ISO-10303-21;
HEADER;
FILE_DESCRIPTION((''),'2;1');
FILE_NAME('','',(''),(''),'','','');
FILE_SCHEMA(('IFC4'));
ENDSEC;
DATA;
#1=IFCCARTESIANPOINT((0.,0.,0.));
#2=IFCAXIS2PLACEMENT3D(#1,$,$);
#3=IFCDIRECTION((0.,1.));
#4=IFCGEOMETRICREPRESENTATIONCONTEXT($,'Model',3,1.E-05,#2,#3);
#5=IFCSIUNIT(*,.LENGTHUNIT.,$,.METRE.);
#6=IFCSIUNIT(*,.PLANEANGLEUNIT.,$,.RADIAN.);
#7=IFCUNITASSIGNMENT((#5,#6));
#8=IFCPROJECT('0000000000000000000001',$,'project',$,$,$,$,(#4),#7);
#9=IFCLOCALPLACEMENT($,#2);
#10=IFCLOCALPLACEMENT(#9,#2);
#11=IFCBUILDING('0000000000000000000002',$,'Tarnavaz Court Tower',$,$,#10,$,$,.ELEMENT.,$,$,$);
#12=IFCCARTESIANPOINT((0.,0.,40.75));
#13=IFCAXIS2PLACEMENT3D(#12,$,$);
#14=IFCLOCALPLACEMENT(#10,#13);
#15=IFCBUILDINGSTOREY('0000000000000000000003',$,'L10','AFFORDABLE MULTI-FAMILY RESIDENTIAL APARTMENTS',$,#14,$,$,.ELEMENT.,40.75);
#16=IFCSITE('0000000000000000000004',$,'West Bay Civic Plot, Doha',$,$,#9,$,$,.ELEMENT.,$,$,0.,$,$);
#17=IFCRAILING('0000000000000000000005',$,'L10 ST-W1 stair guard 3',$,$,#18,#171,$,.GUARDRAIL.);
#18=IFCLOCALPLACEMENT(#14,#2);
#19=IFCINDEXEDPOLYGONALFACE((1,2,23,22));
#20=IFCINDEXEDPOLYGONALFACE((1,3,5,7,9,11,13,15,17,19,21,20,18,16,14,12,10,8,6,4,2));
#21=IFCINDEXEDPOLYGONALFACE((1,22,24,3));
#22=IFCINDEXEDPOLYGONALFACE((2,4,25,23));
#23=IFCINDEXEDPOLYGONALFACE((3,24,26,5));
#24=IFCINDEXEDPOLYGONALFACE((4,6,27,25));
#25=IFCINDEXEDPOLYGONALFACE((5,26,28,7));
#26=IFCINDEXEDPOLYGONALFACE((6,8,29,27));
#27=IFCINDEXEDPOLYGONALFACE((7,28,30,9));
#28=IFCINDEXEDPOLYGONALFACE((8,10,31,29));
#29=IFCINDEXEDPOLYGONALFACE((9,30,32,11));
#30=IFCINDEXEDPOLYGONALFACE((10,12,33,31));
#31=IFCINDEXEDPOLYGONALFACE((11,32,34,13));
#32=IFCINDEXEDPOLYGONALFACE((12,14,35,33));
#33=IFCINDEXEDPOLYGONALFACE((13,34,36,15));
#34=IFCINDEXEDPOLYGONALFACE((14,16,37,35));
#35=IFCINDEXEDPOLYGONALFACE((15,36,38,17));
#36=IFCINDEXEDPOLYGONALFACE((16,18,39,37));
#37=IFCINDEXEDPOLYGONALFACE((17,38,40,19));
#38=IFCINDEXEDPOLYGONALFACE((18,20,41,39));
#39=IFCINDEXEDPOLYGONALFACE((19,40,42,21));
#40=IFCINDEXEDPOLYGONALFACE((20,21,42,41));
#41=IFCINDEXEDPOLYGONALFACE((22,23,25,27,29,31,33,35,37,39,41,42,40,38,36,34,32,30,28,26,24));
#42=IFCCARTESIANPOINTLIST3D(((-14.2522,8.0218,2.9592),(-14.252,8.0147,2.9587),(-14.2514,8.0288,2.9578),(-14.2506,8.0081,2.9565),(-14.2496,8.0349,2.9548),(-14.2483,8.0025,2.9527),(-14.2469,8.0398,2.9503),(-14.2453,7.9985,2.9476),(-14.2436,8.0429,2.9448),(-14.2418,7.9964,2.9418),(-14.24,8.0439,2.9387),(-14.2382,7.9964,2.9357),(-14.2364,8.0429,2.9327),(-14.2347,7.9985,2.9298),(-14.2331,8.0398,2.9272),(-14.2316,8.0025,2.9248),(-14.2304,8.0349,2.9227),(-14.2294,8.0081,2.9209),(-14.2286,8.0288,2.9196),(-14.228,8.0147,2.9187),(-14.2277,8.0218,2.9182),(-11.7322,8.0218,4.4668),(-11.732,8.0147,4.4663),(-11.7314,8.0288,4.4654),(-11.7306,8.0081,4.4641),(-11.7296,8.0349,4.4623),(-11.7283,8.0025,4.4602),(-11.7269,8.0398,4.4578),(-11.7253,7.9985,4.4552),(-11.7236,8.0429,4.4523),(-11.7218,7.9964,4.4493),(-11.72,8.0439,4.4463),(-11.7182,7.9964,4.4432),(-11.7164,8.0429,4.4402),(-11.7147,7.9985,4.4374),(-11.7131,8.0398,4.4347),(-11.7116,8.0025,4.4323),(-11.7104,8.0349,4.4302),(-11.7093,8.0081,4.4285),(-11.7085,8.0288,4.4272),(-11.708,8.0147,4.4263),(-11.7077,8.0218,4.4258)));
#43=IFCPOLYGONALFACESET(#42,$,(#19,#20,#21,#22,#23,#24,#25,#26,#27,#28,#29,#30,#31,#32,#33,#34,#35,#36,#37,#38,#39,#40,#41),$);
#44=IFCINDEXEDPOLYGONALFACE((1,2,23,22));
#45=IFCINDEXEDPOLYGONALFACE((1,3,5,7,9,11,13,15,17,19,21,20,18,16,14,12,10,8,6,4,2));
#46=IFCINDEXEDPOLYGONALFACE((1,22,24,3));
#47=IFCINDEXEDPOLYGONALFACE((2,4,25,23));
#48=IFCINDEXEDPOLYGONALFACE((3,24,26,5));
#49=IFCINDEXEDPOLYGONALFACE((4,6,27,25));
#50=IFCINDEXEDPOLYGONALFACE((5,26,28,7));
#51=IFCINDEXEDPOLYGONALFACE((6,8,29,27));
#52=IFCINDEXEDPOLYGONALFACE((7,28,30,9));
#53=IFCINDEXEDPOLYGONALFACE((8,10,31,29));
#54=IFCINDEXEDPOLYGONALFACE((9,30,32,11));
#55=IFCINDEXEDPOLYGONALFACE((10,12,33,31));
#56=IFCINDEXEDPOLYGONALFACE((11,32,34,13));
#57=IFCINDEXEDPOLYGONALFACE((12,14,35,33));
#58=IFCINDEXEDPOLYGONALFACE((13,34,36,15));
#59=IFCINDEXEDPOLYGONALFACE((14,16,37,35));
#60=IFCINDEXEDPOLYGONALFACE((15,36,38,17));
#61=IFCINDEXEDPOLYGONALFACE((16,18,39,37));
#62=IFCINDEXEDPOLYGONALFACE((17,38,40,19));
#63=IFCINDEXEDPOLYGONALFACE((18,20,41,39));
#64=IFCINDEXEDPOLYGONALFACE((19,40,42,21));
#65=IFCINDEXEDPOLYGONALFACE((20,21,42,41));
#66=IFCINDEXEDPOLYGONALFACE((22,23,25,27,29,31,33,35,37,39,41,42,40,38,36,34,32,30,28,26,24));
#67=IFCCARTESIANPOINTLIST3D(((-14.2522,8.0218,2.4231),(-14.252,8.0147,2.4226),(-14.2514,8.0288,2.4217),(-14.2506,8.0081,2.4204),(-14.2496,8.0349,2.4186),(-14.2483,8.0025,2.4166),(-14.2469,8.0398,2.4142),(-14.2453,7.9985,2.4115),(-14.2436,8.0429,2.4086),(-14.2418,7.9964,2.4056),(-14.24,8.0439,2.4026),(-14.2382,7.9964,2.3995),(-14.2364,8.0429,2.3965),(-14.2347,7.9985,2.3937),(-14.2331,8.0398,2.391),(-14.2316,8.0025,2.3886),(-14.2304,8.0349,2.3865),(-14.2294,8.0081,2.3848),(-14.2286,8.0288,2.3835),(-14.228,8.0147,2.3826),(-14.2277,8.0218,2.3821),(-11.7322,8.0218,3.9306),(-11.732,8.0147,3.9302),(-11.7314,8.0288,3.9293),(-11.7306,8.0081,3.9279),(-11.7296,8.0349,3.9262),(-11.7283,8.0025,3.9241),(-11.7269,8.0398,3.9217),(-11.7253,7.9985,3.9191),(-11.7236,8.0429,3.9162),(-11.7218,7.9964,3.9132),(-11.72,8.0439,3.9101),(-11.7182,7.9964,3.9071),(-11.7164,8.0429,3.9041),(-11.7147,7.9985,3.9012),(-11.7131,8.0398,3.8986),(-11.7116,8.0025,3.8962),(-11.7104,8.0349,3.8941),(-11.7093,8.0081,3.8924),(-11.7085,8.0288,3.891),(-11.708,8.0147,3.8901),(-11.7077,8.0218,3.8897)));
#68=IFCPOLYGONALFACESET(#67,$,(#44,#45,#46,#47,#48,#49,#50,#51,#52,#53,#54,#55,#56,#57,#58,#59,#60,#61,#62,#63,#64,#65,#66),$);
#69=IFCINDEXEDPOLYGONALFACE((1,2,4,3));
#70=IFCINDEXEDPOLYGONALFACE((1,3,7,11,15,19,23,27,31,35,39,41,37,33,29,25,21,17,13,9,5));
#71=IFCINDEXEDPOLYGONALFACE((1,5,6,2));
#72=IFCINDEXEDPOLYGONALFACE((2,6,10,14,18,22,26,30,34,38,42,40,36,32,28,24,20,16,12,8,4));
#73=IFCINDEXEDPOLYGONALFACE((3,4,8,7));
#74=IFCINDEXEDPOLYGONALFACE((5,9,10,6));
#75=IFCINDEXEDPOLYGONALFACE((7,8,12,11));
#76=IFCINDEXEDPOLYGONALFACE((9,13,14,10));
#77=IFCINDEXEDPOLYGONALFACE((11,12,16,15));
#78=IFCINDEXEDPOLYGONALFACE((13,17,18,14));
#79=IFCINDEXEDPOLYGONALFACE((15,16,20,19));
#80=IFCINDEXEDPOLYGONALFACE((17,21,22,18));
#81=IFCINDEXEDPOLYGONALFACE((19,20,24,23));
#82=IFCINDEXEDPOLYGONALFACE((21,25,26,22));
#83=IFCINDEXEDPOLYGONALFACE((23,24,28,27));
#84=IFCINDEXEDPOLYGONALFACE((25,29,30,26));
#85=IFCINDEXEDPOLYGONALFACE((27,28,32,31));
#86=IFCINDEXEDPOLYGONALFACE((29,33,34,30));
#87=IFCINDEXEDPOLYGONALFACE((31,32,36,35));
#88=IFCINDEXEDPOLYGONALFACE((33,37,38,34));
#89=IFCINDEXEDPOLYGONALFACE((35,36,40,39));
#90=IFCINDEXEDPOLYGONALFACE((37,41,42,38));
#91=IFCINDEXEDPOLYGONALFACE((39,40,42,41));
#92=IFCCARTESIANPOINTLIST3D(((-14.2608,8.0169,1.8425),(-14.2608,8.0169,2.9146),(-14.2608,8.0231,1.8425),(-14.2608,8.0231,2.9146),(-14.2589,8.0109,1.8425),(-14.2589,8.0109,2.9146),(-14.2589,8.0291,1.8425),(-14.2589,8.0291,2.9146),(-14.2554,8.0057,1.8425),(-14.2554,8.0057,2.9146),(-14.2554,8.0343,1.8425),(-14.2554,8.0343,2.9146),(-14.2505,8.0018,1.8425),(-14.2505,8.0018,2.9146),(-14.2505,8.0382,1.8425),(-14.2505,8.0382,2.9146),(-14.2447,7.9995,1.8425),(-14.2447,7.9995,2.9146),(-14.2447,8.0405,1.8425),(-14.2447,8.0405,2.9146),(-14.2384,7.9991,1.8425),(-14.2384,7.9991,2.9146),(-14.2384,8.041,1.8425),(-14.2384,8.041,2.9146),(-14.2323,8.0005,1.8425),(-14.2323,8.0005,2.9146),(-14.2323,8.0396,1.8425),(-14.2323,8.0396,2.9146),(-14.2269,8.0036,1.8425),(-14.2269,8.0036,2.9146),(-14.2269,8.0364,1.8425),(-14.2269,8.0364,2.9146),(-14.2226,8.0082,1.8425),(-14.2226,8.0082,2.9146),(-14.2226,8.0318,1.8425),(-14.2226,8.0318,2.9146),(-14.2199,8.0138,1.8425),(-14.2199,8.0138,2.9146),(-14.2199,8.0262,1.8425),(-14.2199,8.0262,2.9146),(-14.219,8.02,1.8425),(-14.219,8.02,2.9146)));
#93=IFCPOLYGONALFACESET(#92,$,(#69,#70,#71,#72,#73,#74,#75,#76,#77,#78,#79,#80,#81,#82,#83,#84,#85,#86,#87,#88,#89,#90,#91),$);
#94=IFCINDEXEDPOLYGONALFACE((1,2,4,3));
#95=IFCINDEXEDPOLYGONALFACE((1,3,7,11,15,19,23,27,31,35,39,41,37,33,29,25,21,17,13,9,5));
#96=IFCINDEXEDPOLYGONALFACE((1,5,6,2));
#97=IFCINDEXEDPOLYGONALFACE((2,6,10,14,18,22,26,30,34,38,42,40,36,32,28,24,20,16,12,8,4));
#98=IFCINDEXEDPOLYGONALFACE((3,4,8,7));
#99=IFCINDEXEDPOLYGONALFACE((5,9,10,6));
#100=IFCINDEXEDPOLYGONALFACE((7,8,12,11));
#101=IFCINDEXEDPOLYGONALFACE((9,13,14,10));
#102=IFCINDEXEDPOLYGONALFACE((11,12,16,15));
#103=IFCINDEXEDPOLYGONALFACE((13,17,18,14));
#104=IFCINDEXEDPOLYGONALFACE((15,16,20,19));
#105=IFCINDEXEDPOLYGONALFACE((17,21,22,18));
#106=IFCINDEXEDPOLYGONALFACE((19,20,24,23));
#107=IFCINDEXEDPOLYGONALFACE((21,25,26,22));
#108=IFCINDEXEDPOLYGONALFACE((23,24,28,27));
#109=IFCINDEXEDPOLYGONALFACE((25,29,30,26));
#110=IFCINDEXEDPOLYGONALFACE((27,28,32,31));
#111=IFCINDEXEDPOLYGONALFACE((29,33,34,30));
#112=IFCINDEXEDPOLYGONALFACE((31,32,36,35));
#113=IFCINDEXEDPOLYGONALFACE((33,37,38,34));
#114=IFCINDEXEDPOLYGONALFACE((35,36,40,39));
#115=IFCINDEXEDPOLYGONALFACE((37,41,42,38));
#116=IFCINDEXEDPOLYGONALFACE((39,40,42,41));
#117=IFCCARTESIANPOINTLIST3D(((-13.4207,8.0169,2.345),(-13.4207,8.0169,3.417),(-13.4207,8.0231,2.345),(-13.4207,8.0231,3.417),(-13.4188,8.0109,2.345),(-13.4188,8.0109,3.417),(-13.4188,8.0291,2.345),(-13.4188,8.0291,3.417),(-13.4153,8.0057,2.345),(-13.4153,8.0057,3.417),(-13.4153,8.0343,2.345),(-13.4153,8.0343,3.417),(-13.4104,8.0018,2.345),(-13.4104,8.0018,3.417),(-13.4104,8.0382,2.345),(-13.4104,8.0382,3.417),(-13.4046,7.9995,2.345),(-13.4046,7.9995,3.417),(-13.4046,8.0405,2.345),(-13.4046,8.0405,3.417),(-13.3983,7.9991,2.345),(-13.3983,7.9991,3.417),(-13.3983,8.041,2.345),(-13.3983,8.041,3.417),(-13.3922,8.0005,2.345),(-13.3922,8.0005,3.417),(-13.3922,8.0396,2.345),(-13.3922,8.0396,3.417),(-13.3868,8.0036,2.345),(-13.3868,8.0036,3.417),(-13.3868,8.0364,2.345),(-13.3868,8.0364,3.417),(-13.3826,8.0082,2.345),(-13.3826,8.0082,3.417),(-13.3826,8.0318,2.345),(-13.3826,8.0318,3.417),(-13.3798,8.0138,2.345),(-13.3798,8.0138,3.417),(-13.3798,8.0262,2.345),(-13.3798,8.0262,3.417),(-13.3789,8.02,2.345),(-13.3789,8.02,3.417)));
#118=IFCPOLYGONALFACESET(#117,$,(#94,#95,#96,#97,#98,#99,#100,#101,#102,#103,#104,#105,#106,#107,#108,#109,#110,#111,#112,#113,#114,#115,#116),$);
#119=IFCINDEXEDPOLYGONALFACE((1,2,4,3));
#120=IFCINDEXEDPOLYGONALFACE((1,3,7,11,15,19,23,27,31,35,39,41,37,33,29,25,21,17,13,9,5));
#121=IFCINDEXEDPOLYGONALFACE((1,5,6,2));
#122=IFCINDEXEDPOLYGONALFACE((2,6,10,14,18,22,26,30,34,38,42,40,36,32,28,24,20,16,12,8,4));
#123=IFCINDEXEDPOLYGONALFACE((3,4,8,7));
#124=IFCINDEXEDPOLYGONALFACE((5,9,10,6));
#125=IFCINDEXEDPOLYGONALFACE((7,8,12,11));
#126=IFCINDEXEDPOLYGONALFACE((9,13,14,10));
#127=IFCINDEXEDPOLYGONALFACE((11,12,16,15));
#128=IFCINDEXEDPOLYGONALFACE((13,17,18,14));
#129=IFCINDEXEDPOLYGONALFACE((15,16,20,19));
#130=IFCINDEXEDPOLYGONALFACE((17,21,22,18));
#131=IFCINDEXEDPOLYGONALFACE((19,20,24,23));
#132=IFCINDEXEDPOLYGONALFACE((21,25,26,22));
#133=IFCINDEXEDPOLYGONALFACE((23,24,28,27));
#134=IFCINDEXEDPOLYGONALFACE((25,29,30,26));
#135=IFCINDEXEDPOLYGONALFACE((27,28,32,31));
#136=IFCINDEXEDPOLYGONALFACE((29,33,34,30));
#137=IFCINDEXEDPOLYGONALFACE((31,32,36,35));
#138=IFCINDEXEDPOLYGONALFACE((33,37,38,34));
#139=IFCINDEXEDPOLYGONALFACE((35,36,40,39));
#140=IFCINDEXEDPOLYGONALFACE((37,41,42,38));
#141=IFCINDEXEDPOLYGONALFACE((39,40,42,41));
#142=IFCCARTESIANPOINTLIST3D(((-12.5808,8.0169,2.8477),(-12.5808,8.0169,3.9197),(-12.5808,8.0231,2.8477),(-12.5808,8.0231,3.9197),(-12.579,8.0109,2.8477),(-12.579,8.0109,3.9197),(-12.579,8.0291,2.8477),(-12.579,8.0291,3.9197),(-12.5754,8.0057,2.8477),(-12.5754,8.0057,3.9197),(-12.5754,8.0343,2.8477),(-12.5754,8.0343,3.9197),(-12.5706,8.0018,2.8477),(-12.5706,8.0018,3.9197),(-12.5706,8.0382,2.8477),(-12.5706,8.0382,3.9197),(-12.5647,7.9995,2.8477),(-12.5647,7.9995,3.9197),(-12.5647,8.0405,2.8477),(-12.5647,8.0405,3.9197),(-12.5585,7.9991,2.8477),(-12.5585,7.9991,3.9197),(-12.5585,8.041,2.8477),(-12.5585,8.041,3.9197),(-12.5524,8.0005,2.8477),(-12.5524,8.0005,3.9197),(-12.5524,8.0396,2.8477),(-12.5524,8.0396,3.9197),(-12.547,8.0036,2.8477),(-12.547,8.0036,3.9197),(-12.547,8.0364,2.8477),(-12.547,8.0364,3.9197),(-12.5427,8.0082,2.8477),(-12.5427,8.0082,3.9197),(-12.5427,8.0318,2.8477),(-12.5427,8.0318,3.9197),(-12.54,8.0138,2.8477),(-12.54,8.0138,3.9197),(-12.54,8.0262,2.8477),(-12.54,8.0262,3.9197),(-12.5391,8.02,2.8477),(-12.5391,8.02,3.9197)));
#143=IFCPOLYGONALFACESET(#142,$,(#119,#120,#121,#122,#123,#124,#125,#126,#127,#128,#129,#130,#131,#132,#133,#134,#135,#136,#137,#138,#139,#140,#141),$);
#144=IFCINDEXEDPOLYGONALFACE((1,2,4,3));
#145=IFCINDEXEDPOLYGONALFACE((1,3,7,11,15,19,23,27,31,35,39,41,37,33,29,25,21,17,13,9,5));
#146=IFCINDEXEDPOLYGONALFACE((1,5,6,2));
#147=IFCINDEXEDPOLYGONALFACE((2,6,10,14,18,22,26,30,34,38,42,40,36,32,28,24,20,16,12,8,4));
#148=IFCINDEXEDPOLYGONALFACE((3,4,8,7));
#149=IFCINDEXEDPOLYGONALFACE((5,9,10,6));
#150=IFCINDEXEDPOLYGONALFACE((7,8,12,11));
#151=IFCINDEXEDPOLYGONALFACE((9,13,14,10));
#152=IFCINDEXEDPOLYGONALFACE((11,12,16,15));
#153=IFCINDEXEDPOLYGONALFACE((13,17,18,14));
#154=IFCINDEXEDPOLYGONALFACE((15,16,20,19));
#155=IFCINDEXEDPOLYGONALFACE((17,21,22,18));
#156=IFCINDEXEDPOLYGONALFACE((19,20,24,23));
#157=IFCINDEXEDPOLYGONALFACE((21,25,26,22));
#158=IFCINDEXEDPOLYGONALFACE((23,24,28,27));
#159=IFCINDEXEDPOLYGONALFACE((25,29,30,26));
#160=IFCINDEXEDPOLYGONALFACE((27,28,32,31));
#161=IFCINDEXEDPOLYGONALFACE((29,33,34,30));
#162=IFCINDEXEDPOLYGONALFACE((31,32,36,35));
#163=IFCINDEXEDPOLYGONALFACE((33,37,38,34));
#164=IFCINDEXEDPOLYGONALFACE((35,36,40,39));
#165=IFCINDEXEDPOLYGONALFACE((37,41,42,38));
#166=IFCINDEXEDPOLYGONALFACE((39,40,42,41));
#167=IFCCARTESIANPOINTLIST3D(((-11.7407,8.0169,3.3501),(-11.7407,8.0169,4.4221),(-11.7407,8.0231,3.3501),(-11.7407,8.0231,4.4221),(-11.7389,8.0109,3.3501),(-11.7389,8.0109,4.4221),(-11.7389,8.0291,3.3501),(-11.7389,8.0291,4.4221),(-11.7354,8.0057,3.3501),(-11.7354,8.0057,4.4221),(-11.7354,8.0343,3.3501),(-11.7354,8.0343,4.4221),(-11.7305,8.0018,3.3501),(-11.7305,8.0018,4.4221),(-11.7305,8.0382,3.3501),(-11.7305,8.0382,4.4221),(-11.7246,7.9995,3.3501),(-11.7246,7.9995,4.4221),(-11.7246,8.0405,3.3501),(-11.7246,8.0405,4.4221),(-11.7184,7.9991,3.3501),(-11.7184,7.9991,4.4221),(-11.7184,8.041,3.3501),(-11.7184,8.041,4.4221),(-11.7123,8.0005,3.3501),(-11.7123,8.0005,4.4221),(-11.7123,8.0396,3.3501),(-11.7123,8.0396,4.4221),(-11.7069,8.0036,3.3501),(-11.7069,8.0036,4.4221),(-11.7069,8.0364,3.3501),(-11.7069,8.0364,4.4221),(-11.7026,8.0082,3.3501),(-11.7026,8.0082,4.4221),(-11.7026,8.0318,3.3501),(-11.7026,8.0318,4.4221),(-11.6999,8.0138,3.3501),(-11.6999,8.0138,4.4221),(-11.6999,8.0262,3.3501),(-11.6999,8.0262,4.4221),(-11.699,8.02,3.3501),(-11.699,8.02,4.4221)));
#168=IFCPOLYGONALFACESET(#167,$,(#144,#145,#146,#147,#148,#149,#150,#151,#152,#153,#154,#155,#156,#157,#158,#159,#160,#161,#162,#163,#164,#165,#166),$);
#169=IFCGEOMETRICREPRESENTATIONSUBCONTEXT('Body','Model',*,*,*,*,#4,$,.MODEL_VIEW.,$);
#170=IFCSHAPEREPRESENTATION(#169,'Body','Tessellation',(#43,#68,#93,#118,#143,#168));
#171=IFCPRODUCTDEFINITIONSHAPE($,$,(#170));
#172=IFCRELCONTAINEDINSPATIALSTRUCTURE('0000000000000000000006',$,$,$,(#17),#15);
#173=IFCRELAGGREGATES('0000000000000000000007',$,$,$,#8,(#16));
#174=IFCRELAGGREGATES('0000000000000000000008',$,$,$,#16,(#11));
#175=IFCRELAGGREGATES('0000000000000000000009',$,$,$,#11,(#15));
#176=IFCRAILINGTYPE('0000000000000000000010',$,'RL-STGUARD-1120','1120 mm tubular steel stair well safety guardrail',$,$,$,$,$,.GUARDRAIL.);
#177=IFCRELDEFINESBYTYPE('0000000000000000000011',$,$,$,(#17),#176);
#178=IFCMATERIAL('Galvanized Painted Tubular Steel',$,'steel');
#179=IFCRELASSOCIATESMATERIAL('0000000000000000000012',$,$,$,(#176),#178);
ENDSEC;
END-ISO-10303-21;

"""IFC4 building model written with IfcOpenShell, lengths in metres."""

from ifc_helpers import new_model, si_unit, direction, frame, origin, origin_2d, place, context, subcontext, project, spatial, circle, extrude, material, type_object, element, save


model = new_model("IFC4")

# Units and contexts
model_context = context("Model", 3, precision=1e-05, world=origin(), true_north=direction((0.0, 1.0)))
body_context = subcontext(model_context, "Body", "Model", "MODEL_VIEW")
ifc_project = project(units=[si_unit("LENGTHUNIT", "METRE"), si_unit("PLANEANGLEUNIT", "RADIAN")], contexts=[model_context])

# Site, building, storey
site_placement = place(None, origin())
site = spatial("IfcSite", under=ifc_project, at=site_placement, Name="West Bay Civic Plot, Doha", CompositionType="ELEMENT", RefElevation=0.0)
building_placement = place(site_placement, origin())
building = spatial("IfcBuilding", under=site, at=building_placement, Name="Tarnavaz Court Tower", CompositionType="ELEMENT")
storey_placement = place(building_placement, frame((0.0, 0.0, 40.75)))
storey = spatial("IfcBuildingStorey", under=building, at=storey_placement, Name="L10", Description="AFFORDABLE MULTI-FAMILY RESIDENTIAL APARTMENTS", CompositionType="ELEMENT", Elevation=40.75)

# Railing
ifc_material_1 = material(Name="Galvanized Painted Tubular Steel", Category="steel")
railing_type_1 = type_object("IfcRailingType", Name="RL-STGUARD-1120", Description="1120 mm tubular steel stair well safety guardrail", PredefinedType="GUARDRAIL", material=ifc_material_1)
railing_1_placement = place(storey_placement, frame((-14.24, 8.02, 1.8425)))
element("IfcRailing", 1, at=railing_1_placement, inside=storey, type_object=railing_type_1, Name="L10 ST-W1 stair guard 3", PredefinedType="GUARDRAIL", context=body_context, shape_type="SweptSolid", body=[
    extrude(circle(Radius=0.0239, at=origin_2d()), frame((0.0, 0.0, 1.0962), z_axis=(0.85816, 0.0, 0.513383), x_axis=(0.0, 1.0, 0.0)), (0.0, 0.0, 1.0), 2.9365),
    extrude(circle(Radius=0.0239, at=origin_2d()), frame((0.0, 0.0, 0.5601), z_axis=(0.85816, 0.0, 0.513383), x_axis=(0.0, 1.0, 0.0)), (0.0, 0.0, 1.0), 2.9365),
    extrude(circle(Radius=0.021, at=origin_2d()), origin(), (0.0, 0.0, 1.0), 1.072),
    extrude(circle(Radius=0.021, at=origin_2d()), frame((0.8401, 0.0, 0.5024)), (0.0, 0.0, 1.0), 1.072),
    extrude(circle(Radius=0.021, at=origin_2d()), frame((1.6799, 0.0, 1.0051)), (0.0, 0.0, 1.0), 1.072),
    extrude(circle(Radius=0.021, at=origin_2d()), frame((2.52, 0.0, 1.5076)), (0.0, 0.0, 1.0), 1.072),
])

save(model, "model.ifc")
